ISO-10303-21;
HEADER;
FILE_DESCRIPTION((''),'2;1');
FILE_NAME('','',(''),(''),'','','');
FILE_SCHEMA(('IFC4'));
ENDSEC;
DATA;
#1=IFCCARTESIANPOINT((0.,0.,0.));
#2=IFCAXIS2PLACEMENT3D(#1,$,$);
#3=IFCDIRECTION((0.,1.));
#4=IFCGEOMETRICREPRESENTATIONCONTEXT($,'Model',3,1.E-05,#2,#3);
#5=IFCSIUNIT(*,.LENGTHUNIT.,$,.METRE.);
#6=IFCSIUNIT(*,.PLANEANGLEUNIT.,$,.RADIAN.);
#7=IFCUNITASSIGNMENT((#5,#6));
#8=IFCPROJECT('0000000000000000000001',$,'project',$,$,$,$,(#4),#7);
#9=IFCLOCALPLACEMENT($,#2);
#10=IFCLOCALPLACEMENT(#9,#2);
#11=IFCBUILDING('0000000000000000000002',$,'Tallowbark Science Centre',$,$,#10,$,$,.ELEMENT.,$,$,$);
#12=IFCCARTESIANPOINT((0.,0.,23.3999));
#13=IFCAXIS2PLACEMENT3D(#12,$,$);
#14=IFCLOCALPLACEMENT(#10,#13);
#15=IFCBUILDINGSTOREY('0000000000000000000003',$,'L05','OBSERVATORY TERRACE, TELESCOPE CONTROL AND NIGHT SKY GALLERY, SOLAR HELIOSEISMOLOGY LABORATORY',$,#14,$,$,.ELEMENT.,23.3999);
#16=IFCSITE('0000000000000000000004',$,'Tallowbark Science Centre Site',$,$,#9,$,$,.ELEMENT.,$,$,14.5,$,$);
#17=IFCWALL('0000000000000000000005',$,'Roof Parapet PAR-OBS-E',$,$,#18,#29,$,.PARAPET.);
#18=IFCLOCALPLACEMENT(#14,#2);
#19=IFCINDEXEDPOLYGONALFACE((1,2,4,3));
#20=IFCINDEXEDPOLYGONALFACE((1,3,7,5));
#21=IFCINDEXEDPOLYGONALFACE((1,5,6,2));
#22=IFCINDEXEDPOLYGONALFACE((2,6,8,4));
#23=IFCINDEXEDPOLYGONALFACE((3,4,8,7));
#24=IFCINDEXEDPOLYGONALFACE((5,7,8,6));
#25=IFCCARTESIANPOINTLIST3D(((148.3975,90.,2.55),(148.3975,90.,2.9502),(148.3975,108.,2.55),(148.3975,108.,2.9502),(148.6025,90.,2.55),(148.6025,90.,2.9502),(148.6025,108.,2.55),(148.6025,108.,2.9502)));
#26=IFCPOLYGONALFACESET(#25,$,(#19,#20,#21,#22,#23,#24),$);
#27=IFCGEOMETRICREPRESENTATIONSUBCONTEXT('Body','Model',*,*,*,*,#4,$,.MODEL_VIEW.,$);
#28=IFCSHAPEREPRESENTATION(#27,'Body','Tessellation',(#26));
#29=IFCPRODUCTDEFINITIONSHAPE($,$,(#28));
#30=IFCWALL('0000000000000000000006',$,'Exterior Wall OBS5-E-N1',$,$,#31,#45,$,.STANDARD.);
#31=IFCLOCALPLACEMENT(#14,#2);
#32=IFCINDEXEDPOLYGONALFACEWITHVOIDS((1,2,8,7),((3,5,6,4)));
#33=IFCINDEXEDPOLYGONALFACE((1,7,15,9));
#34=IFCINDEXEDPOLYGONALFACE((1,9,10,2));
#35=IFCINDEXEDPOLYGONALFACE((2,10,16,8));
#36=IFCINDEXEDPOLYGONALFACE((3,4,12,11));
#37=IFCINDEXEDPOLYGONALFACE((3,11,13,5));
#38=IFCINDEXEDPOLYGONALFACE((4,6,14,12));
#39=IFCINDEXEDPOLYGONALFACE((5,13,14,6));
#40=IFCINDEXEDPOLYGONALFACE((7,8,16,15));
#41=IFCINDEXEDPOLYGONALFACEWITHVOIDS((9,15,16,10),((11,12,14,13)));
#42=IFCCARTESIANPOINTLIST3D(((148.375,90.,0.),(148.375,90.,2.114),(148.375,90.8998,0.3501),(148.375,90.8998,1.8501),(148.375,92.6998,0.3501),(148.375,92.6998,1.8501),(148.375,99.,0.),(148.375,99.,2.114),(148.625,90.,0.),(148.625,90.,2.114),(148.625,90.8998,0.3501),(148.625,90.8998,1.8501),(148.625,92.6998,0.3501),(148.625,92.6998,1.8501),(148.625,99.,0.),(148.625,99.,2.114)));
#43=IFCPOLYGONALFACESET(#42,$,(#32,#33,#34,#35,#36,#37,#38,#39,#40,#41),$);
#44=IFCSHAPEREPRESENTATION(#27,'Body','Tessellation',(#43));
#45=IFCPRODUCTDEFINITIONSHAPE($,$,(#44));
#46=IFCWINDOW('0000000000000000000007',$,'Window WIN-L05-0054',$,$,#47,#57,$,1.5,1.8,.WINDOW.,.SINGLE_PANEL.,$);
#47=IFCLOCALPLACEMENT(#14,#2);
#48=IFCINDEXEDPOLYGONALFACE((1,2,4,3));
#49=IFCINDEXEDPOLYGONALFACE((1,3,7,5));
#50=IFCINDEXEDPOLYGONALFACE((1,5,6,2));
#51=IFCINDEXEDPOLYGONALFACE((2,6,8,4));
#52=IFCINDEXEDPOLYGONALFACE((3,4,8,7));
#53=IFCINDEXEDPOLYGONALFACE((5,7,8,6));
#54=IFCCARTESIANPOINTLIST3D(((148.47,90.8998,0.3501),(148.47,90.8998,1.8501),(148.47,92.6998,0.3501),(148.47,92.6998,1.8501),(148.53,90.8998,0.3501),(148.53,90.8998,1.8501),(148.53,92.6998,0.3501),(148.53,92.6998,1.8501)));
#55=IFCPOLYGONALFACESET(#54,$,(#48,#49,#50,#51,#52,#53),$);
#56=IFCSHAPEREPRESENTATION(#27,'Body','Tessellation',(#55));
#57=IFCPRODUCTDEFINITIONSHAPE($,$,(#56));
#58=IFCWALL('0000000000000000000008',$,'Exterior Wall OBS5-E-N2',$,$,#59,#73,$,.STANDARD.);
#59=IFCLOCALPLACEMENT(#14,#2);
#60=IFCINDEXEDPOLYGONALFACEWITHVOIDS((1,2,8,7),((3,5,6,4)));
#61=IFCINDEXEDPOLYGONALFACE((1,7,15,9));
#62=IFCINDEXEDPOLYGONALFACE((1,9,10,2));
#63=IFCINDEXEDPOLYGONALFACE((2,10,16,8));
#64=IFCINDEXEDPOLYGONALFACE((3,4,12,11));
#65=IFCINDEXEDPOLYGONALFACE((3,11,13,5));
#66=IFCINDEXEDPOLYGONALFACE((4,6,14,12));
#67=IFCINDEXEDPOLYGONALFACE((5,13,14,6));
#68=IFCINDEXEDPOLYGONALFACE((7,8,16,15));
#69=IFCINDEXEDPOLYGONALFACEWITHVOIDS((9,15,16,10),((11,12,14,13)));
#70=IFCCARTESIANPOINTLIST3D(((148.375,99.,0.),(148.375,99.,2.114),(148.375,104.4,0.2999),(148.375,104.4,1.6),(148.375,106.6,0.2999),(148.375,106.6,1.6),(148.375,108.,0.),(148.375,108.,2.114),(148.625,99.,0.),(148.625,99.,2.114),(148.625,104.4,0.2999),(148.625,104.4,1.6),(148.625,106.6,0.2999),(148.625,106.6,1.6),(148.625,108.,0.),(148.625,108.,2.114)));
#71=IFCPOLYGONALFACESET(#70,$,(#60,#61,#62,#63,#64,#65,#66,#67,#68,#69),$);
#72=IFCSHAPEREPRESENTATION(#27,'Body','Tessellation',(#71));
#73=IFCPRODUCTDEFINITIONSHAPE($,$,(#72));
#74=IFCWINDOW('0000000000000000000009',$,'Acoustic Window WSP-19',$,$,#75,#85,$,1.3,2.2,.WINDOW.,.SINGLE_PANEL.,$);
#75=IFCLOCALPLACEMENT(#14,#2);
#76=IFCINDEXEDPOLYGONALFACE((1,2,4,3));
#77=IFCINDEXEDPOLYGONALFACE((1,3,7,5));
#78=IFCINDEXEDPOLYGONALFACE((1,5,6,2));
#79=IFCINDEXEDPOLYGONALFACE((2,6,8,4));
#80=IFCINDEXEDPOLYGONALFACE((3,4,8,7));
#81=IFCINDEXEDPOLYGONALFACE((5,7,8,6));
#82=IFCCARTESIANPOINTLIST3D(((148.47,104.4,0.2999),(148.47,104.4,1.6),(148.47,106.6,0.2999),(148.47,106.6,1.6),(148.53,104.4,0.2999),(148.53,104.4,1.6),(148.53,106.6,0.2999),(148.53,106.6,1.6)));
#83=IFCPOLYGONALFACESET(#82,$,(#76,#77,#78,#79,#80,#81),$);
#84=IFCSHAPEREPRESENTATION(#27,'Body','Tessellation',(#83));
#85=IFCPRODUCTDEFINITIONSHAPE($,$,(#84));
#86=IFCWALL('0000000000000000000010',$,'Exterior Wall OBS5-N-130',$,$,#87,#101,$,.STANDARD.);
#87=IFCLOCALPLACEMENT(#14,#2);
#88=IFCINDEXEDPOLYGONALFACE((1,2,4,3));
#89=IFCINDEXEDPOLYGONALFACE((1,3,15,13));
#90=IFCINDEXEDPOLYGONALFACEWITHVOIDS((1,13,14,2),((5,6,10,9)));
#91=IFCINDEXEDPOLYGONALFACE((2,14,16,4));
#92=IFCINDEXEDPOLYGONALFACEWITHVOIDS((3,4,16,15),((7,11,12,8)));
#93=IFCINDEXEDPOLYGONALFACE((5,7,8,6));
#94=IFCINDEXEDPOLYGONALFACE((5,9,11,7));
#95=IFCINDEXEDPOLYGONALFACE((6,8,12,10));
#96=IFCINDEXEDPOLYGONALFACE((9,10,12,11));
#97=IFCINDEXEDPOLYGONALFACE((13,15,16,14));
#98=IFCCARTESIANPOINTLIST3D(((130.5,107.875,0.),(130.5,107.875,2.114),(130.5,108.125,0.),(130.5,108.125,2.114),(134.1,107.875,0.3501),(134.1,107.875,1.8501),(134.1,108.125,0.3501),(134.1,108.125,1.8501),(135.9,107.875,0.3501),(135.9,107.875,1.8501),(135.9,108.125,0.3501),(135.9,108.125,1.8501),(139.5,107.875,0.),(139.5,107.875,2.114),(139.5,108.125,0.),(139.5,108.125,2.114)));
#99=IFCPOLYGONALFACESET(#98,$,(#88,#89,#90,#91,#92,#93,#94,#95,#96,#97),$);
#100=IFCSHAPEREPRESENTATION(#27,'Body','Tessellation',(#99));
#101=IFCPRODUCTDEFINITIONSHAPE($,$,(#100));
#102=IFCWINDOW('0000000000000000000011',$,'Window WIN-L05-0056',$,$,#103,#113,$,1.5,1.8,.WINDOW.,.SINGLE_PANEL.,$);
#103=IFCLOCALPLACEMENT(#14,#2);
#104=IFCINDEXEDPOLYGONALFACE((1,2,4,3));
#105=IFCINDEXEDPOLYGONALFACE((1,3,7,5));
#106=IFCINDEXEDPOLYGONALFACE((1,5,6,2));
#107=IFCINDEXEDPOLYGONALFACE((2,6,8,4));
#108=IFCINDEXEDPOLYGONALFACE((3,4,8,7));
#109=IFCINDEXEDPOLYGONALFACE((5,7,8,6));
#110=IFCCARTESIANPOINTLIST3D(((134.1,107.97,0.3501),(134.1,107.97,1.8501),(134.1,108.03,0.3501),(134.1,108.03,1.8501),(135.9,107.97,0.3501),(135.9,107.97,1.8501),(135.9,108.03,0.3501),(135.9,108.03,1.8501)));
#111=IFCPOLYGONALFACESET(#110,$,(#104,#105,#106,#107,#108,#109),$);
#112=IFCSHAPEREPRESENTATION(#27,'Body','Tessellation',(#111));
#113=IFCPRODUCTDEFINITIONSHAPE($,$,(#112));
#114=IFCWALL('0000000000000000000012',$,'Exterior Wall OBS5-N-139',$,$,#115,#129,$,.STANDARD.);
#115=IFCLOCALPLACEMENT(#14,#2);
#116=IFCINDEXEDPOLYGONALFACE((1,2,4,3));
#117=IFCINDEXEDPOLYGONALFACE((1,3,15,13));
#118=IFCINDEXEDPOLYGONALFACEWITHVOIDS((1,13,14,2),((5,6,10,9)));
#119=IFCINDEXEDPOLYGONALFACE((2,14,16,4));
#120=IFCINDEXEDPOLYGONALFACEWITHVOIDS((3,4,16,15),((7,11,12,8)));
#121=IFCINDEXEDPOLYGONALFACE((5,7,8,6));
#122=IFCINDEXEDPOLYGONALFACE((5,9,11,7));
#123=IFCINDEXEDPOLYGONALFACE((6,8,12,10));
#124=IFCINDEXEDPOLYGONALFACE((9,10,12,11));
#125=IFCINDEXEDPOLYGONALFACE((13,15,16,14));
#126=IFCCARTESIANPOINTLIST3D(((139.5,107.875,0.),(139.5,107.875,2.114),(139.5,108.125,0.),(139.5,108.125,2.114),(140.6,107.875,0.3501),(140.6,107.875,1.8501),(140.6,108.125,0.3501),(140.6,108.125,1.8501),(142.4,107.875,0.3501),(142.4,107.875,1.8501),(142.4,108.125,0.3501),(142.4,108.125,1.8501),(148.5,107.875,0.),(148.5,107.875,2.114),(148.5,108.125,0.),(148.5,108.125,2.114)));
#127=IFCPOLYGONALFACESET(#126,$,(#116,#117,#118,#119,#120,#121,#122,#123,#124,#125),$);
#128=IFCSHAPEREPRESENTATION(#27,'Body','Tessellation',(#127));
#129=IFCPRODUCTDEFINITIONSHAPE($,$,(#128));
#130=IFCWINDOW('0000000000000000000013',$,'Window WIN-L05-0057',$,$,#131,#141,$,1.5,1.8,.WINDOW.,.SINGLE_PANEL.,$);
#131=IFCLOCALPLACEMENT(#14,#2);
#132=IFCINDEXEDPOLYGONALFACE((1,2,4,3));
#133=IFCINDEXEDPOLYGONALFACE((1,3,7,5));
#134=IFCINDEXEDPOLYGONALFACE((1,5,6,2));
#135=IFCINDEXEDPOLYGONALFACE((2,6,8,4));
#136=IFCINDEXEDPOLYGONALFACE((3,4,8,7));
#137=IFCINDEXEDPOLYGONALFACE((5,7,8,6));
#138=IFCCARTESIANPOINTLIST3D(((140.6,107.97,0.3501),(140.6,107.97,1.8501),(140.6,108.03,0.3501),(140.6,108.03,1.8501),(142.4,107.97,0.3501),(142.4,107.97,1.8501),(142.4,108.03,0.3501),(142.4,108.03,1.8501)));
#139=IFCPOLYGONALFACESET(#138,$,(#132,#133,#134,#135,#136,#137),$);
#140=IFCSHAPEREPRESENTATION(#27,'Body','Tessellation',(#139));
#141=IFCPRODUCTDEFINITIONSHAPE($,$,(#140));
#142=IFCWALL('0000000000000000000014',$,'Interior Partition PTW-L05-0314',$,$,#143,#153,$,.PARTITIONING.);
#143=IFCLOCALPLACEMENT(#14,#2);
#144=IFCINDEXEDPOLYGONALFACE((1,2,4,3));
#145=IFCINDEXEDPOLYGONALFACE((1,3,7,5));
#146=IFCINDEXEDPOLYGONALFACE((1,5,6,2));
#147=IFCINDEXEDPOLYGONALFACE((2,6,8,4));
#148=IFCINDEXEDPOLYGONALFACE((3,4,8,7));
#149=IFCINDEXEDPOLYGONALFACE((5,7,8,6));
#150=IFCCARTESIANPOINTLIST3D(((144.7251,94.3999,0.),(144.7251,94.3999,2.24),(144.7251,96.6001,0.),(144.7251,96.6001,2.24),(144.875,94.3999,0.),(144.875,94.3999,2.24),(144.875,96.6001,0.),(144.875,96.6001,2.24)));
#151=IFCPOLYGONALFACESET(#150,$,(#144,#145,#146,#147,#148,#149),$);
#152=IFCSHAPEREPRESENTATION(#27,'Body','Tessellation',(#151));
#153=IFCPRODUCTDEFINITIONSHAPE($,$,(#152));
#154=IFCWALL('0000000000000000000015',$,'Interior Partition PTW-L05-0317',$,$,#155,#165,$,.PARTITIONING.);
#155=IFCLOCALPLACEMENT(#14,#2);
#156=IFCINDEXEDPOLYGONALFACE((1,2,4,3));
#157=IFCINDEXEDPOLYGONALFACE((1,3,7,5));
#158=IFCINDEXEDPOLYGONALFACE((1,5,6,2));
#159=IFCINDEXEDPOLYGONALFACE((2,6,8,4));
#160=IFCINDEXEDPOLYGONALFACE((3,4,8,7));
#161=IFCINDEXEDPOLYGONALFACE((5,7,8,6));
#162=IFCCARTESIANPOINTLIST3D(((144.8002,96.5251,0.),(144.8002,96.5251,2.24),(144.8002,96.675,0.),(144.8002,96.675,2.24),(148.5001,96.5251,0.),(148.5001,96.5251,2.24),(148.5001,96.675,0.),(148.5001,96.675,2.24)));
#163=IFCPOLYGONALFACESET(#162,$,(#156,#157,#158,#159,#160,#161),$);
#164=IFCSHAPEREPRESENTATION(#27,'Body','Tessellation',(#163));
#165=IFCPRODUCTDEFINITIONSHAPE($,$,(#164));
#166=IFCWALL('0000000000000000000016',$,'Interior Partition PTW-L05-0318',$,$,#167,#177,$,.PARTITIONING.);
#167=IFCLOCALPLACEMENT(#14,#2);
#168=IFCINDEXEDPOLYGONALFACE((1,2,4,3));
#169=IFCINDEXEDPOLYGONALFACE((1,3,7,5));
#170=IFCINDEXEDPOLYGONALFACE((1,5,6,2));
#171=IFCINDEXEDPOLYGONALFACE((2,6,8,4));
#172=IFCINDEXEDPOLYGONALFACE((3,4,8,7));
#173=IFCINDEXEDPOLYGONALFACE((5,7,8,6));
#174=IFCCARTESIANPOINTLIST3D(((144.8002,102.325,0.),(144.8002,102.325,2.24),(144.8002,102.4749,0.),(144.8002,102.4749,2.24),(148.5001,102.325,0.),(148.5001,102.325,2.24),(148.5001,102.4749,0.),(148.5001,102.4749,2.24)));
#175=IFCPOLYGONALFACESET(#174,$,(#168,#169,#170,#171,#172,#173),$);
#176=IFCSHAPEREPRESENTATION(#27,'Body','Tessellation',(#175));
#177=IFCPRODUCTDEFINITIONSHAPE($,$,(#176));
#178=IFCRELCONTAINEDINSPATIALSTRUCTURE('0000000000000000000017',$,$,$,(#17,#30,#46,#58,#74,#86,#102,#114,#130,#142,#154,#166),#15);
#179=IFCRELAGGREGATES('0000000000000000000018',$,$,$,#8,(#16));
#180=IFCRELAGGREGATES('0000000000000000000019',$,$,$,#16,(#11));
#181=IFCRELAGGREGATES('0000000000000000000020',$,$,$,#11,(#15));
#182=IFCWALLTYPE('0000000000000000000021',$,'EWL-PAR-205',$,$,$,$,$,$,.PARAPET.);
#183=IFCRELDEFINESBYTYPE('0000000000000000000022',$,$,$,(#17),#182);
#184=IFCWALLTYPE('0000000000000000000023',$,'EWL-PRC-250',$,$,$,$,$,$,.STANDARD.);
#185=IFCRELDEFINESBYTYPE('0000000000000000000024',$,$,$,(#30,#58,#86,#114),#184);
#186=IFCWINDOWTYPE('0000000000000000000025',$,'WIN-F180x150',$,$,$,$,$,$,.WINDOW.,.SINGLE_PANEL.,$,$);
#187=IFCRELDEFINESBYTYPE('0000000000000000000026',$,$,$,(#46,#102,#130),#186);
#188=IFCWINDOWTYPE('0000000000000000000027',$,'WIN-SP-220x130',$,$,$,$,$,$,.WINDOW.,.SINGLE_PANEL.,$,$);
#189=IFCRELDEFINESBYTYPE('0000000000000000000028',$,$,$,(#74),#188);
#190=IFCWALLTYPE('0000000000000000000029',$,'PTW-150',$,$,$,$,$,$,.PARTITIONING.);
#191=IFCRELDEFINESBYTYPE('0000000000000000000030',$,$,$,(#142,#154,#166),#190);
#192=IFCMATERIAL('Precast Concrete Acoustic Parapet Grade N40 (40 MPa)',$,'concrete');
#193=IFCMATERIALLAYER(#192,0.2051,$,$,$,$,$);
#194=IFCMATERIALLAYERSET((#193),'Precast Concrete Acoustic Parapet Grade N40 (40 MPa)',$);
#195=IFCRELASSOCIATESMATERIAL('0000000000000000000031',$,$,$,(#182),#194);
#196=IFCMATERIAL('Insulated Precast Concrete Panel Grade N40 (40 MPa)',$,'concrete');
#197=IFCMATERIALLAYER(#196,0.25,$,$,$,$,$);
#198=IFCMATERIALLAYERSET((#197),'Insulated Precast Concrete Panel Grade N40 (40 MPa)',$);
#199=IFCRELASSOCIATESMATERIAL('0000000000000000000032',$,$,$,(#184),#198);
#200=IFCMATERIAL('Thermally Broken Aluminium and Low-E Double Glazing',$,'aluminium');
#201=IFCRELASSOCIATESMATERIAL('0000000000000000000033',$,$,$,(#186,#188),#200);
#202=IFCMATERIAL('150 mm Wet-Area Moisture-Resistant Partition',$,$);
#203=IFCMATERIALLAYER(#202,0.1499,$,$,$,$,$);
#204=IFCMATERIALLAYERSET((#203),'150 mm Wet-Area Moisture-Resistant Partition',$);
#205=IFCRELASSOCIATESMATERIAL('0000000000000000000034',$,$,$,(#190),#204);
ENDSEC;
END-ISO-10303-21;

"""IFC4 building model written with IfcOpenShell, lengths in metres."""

from ifc_helpers import new_model, si_unit, direction, frame, frame_2d, origin, place, context, subcontext, project, spatial, rectangle, extrude, material, layer, layer_set, type_object, element, fill, save


model = new_model("IFC4")

# Units and contexts
model_context = context("Model", 3, precision=1e-05, world=origin(), true_north=direction((0.0, 1.0)))
body_context = subcontext(model_context, "Body", "Model", "MODEL_VIEW")
ifc_project = project(units=[si_unit("LENGTHUNIT", "METRE"), si_unit("PLANEANGLEUNIT", "RADIAN")], contexts=[model_context])

# Site, building, storey
site_placement = place(None, origin())
site = spatial("IfcSite", under=ifc_project, at=site_placement, Name="Tallowbark Science Centre Site", CompositionType="ELEMENT", RefElevation=14.5)
building_placement = place(site_placement, origin())
building = spatial("IfcBuilding", under=site, at=building_placement, Name="Tallowbark Science Centre", CompositionType="ELEMENT")
storey_placement = place(building_placement, frame((0.0, 0.0, 23.3999)))
storey = spatial("IfcBuildingStorey", under=building, at=storey_placement, Name="L05", Description="OBSERVATORY TERRACE, TELESCOPE CONTROL AND NIGHT SKY GALLERY, SOLAR HELIOSEISMOLOGY LABORATORY", CompositionType="ELEMENT", Elevation=23.3999)

# Wall
ifc_material_1 = material(Name="Precast Concrete Acoustic Parapet Grade N40 (40 MPa)", Category="concrete")
ifc_layer_1 = layer(ifc_material_1, 0.2051)
ifc_layer_set_1 = layer_set([ifc_layer_1], Name="Precast Concrete Acoustic Parapet Grade N40 (40 MPa)")
wall_type_1 = type_object("IfcWallType", Name="EWL-PAR-205", PredefinedType="PARAPET", material=ifc_layer_set_1)
wall_1_placement = place(storey_placement, frame((148.5, 90.0, 2.55), z_axis=(0.0, 0.0, 1.0), x_axis=(0.0, 1.0, 0.0)))
element("IfcWall", 1, at=wall_1_placement, inside=storey, type_object=wall_type_1, Name="Roof Parapet PAR-OBS-E", PredefinedType="PARAPET", context=body_context, shape_type="SweptSolid", body=[
    extrude(rectangle(XDim=18.0, YDim=0.2051, at=frame_2d((9.0, 0.0))), origin(), (0.0, 0.0, 1.0), 0.4001),
])

# Walls, openings, windows
ifc_material_2 = material(Name="Insulated Precast Concrete Panel Grade N40 (40 MPa)", Category="concrete")
ifc_layer_2 = layer(ifc_material_2, 0.25)
ifc_layer_set_2 = layer_set([ifc_layer_2], Name="Insulated Precast Concrete Panel Grade N40 (40 MPa)")
wall_type_2 = type_object("IfcWallType", Name="EWL-PRC-250", PredefinedType="STANDARD", material=ifc_layer_set_2)
wall_2_placement = place(storey_placement, frame((148.5, 90.0, 0.0), z_axis=(0.0, 0.0, 1.0), x_axis=(0.0, 1.0, 0.0)))
wall_2 = element("IfcWall", 2, at=wall_2_placement, inside=storey, type_object=wall_type_2, Name="Exterior Wall OBS5-E-N1", PredefinedType="STANDARD", context=body_context, shape_type="SweptSolid", body=[
    extrude(rectangle(XDim=9.0, YDim=0.25, at=frame_2d((4.5, 0.0))), origin(), (0.0, 0.0, 1.0), 2.114),
])
opening_1_placement = place(wall_2_placement, frame((0.8999, 0.0, 0.3501)))
opening_1 = element("IfcOpeningElement", 3, at=opening_1_placement, cuts=wall_2, PredefinedType="OPENING", context=body_context, shape_type="SweptSolid", body=[
    extrude(rectangle(XDim=1.8, YDim=1.5, at=frame_2d((0.8999, 0.75))), frame((0.0, 0.135, 0.0), z_axis=(0.0, -1.0, 0.0), x_axis=(1.0, 0.0, 0.0)), (0.0, 0.0, 1.0), 0.27),
])
ifc_material_3 = material(Name="Thermally Broken Aluminium and Low-E Double Glazing", Category="aluminium")
window_type_1 = type_object("IfcWindowType", Name="WIN-F180x150", PartitioningType="SINGLE_PANEL", PredefinedType="WINDOW", material=ifc_material_3)
window_1_placement = place(opening_1_placement, origin())
window_1 = element("IfcWindow", 4, at=window_1_placement, inside=storey, type_object=window_type_1, Name="Window WIN-L05-0054", OverallHeight=1.5, OverallWidth=1.8, PartitioningType="SINGLE_PANEL", PredefinedType="WINDOW", context=body_context, shape_type="SweptSolid", body=[
    extrude(rectangle(XDim=1.8, YDim=1.5, at=frame_2d((0.8999, 0.75))), frame((0.0, 0.03, 0.0), z_axis=(0.0, -1.0, 0.0), x_axis=(1.0, 0.0, 0.0)), (0.0, 0.0, 1.0), 0.0601),
])
fill(opening_1, window_1)
wall_3_placement = place(storey_placement, frame((148.5, 99.0, 0.0), z_axis=(0.0, 0.0, 1.0), x_axis=(0.0, 1.0, 0.0)))
wall_3 = element("IfcWall", 5, at=wall_3_placement, inside=storey, type_object=wall_type_2, Name="Exterior Wall OBS5-E-N2", PredefinedType="STANDARD", context=body_context, shape_type="SweptSolid", body=[
    extrude(rectangle(XDim=9.0, YDim=0.25, at=frame_2d((4.5, 0.0))), origin(), (0.0, 0.0, 1.0), 2.114),
])
opening_2_placement = place(wall_3_placement, frame((5.3999, 0.0, 0.3)))
opening_2 = element("IfcOpeningElement", 6, at=opening_2_placement, cuts=wall_3, PredefinedType="OPENING", context=body_context, shape_type="SweptSolid", body=[
    extrude(rectangle(XDim=2.2, YDim=1.3, at=frame_2d((1.1001, 0.6499))), frame((0.0, 0.135, 0.0), z_axis=(0.0, -1.0, 0.0), x_axis=(1.0, 0.0, 0.0)), (0.0, 0.0, 1.0), 0.27),
])
window_type_2 = type_object("IfcWindowType", Name="WIN-SP-220x130", PartitioningType="SINGLE_PANEL", PredefinedType="WINDOW", material=ifc_material_3)
window_2_placement = place(opening_2_placement, origin())
window_2 = element("IfcWindow", 7, at=window_2_placement, inside=storey, type_object=window_type_2, Name="Acoustic Window WSP-19", OverallHeight=1.3, OverallWidth=2.2, PartitioningType="SINGLE_PANEL", PredefinedType="WINDOW", context=body_context, shape_type="SweptSolid", body=[
    extrude(rectangle(XDim=2.2, YDim=1.3, at=frame_2d((1.1001, 0.6499))), frame((0.0, 0.03, 0.0), z_axis=(0.0, -1.0, 0.0), x_axis=(1.0, 0.0, 0.0)), (0.0, 0.0, 1.0), 0.0601),
])
fill(opening_2, window_2)
wall_4_placement = place(storey_placement, frame((139.5, 108.0, 0.0), z_axis=(0.0, 0.0, 1.0), x_axis=(-1.0, 0.0, 0.0)))
wall_4 = element("IfcWall", 8, at=wall_4_placement, inside=storey, type_object=wall_type_2, Name="Exterior Wall OBS5-N-130", PredefinedType="STANDARD", context=body_context, shape_type="SweptSolid", body=[
    extrude(rectangle(XDim=9.0, YDim=0.25, at=frame_2d((4.5, 0.0))), origin(), (0.0, 0.0, 1.0), 2.114),
])
opening_3_placement = place(wall_4_placement, frame((3.6001, 0.0, 0.3501)))
opening_3 = element("IfcOpeningElement", 9, at=opening_3_placement, cuts=wall_4, PredefinedType="OPENING", context=body_context, shape_type="SweptSolid", body=[
    extrude(rectangle(XDim=1.8, YDim=1.5, at=frame_2d((0.8999, 0.75))), frame((0.0, 0.135, 0.0), z_axis=(0.0, -1.0, 0.0), x_axis=(1.0, 0.0, 0.0)), (0.0, 0.0, 1.0), 0.27),
])
window_3_placement = place(opening_3_placement, origin())
window_3 = element("IfcWindow", 10, at=window_3_placement, inside=storey, type_object=window_type_1, Name="Window WIN-L05-0056", OverallHeight=1.5, OverallWidth=1.8, PartitioningType="SINGLE_PANEL", PredefinedType="WINDOW", context=body_context, shape_type="SweptSolid", body=[
    extrude(rectangle(XDim=1.8, YDim=1.5, at=frame_2d((0.8999, 0.75))), frame((0.0, 0.03, 0.0), z_axis=(0.0, -1.0, 0.0), x_axis=(1.0, 0.0, 0.0)), (0.0, 0.0, 1.0), 0.0601),
])
fill(opening_3, window_3)
wall_5_placement = place(storey_placement, frame((148.5, 108.0, 0.0), z_axis=(0.0, 0.0, 1.0), x_axis=(-1.0, 0.0, 0.0)))
wall_5 = element("IfcWall", 11, at=wall_5_placement, inside=storey, type_object=wall_type_2, Name="Exterior Wall OBS5-N-139", PredefinedType="STANDARD", context=body_context, shape_type="SweptSolid", body=[
    extrude(rectangle(XDim=9.0, YDim=0.25, at=frame_2d((4.5, 0.0))), origin(), (0.0, 0.0, 1.0), 2.114),
])
opening_4_placement = place(wall_5_placement, frame((6.1001, 0.0, 0.3501)))
opening_4 = element("IfcOpeningElement", 12, at=opening_4_placement, cuts=wall_5, PredefinedType="OPENING", context=body_context, shape_type="SweptSolid", body=[
    extrude(rectangle(XDim=1.8, YDim=1.5, at=frame_2d((0.8999, 0.75))), frame((0.0, 0.135, 0.0), z_axis=(0.0, -1.0, 0.0), x_axis=(1.0, 0.0, 0.0)), (0.0, 0.0, 1.0), 0.27),
])
window_4_placement = place(opening_4_placement, origin())
window_4 = element("IfcWindow", 13, at=window_4_placement, inside=storey, type_object=window_type_1, Name="Window WIN-L05-0057", OverallHeight=1.5, OverallWidth=1.8, PartitioningType="SINGLE_PANEL", PredefinedType="WINDOW", context=body_context, shape_type="SweptSolid", body=[
    extrude(rectangle(XDim=1.8, YDim=1.5, at=frame_2d((0.8999, 0.75))), frame((0.0, 0.03, 0.0), z_axis=(0.0, -1.0, 0.0), x_axis=(1.0, 0.0, 0.0)), (0.0, 0.0, 1.0), 0.0601),
])
fill(opening_4, window_4)

# Wall
ifc_material_4 = material(Name="150 mm Wet-Area Moisture-Resistant Partition")
ifc_layer_3 = layer(ifc_material_4, 0.1499)
ifc_layer_set_3 = layer_set([ifc_layer_3], Name="150 mm Wet-Area Moisture-Resistant Partition")
wall_type_3 = type_object("IfcWallType", Name="PTW-150", PredefinedType="PARTITIONING", material=ifc_layer_set_3)
wall_6_placement = place(storey_placement, frame((144.8, 94.3999, 0.0), z_axis=(0.0, 0.0, 1.0), x_axis=(0.0, 1.0, 0.0)))
element("IfcWall", 14, at=wall_6_placement, inside=storey, type_object=wall_type_3, Name="Interior Partition PTW-L05-0314", PredefinedType="PARTITIONING", context=body_context, shape_type="SweptSolid", body=[
    extrude(rectangle(XDim=2.2002, YDim=0.1499, at=frame_2d((1.1001, 0.0))), origin(), (0.0, 0.0, 1.0), 2.24),
])

# Walls
for number, where, z_axis, x_axis, name in (
    (15, (144.8, 96.6001, 0.0), (0.0, 0.0, 1.0), (1.0, 0.0, 0.0), "Interior Partition PTW-L05-0317"),
    (16, (144.8, 102.3999, 0.0), (0.0, 0.0, 1.0), (1.0, 0.0, 0.0), "Interior Partition PTW-L05-0318"),
):
    element("IfcWall", number, at=place(storey_placement, frame(where, z_axis=z_axis, x_axis=x_axis)), inside=storey, type_object=wall_type_3, Name=name, PredefinedType="PARTITIONING", context=body_context, shape_type="SweptSolid", body=[
        extrude(rectangle(XDim=3.7, YDim=0.1499, at=frame_2d((1.8501, 0.0))), origin(), (0.0, 0.0, 1.0), 2.24),
    ])

save(model, "model.ifc")
